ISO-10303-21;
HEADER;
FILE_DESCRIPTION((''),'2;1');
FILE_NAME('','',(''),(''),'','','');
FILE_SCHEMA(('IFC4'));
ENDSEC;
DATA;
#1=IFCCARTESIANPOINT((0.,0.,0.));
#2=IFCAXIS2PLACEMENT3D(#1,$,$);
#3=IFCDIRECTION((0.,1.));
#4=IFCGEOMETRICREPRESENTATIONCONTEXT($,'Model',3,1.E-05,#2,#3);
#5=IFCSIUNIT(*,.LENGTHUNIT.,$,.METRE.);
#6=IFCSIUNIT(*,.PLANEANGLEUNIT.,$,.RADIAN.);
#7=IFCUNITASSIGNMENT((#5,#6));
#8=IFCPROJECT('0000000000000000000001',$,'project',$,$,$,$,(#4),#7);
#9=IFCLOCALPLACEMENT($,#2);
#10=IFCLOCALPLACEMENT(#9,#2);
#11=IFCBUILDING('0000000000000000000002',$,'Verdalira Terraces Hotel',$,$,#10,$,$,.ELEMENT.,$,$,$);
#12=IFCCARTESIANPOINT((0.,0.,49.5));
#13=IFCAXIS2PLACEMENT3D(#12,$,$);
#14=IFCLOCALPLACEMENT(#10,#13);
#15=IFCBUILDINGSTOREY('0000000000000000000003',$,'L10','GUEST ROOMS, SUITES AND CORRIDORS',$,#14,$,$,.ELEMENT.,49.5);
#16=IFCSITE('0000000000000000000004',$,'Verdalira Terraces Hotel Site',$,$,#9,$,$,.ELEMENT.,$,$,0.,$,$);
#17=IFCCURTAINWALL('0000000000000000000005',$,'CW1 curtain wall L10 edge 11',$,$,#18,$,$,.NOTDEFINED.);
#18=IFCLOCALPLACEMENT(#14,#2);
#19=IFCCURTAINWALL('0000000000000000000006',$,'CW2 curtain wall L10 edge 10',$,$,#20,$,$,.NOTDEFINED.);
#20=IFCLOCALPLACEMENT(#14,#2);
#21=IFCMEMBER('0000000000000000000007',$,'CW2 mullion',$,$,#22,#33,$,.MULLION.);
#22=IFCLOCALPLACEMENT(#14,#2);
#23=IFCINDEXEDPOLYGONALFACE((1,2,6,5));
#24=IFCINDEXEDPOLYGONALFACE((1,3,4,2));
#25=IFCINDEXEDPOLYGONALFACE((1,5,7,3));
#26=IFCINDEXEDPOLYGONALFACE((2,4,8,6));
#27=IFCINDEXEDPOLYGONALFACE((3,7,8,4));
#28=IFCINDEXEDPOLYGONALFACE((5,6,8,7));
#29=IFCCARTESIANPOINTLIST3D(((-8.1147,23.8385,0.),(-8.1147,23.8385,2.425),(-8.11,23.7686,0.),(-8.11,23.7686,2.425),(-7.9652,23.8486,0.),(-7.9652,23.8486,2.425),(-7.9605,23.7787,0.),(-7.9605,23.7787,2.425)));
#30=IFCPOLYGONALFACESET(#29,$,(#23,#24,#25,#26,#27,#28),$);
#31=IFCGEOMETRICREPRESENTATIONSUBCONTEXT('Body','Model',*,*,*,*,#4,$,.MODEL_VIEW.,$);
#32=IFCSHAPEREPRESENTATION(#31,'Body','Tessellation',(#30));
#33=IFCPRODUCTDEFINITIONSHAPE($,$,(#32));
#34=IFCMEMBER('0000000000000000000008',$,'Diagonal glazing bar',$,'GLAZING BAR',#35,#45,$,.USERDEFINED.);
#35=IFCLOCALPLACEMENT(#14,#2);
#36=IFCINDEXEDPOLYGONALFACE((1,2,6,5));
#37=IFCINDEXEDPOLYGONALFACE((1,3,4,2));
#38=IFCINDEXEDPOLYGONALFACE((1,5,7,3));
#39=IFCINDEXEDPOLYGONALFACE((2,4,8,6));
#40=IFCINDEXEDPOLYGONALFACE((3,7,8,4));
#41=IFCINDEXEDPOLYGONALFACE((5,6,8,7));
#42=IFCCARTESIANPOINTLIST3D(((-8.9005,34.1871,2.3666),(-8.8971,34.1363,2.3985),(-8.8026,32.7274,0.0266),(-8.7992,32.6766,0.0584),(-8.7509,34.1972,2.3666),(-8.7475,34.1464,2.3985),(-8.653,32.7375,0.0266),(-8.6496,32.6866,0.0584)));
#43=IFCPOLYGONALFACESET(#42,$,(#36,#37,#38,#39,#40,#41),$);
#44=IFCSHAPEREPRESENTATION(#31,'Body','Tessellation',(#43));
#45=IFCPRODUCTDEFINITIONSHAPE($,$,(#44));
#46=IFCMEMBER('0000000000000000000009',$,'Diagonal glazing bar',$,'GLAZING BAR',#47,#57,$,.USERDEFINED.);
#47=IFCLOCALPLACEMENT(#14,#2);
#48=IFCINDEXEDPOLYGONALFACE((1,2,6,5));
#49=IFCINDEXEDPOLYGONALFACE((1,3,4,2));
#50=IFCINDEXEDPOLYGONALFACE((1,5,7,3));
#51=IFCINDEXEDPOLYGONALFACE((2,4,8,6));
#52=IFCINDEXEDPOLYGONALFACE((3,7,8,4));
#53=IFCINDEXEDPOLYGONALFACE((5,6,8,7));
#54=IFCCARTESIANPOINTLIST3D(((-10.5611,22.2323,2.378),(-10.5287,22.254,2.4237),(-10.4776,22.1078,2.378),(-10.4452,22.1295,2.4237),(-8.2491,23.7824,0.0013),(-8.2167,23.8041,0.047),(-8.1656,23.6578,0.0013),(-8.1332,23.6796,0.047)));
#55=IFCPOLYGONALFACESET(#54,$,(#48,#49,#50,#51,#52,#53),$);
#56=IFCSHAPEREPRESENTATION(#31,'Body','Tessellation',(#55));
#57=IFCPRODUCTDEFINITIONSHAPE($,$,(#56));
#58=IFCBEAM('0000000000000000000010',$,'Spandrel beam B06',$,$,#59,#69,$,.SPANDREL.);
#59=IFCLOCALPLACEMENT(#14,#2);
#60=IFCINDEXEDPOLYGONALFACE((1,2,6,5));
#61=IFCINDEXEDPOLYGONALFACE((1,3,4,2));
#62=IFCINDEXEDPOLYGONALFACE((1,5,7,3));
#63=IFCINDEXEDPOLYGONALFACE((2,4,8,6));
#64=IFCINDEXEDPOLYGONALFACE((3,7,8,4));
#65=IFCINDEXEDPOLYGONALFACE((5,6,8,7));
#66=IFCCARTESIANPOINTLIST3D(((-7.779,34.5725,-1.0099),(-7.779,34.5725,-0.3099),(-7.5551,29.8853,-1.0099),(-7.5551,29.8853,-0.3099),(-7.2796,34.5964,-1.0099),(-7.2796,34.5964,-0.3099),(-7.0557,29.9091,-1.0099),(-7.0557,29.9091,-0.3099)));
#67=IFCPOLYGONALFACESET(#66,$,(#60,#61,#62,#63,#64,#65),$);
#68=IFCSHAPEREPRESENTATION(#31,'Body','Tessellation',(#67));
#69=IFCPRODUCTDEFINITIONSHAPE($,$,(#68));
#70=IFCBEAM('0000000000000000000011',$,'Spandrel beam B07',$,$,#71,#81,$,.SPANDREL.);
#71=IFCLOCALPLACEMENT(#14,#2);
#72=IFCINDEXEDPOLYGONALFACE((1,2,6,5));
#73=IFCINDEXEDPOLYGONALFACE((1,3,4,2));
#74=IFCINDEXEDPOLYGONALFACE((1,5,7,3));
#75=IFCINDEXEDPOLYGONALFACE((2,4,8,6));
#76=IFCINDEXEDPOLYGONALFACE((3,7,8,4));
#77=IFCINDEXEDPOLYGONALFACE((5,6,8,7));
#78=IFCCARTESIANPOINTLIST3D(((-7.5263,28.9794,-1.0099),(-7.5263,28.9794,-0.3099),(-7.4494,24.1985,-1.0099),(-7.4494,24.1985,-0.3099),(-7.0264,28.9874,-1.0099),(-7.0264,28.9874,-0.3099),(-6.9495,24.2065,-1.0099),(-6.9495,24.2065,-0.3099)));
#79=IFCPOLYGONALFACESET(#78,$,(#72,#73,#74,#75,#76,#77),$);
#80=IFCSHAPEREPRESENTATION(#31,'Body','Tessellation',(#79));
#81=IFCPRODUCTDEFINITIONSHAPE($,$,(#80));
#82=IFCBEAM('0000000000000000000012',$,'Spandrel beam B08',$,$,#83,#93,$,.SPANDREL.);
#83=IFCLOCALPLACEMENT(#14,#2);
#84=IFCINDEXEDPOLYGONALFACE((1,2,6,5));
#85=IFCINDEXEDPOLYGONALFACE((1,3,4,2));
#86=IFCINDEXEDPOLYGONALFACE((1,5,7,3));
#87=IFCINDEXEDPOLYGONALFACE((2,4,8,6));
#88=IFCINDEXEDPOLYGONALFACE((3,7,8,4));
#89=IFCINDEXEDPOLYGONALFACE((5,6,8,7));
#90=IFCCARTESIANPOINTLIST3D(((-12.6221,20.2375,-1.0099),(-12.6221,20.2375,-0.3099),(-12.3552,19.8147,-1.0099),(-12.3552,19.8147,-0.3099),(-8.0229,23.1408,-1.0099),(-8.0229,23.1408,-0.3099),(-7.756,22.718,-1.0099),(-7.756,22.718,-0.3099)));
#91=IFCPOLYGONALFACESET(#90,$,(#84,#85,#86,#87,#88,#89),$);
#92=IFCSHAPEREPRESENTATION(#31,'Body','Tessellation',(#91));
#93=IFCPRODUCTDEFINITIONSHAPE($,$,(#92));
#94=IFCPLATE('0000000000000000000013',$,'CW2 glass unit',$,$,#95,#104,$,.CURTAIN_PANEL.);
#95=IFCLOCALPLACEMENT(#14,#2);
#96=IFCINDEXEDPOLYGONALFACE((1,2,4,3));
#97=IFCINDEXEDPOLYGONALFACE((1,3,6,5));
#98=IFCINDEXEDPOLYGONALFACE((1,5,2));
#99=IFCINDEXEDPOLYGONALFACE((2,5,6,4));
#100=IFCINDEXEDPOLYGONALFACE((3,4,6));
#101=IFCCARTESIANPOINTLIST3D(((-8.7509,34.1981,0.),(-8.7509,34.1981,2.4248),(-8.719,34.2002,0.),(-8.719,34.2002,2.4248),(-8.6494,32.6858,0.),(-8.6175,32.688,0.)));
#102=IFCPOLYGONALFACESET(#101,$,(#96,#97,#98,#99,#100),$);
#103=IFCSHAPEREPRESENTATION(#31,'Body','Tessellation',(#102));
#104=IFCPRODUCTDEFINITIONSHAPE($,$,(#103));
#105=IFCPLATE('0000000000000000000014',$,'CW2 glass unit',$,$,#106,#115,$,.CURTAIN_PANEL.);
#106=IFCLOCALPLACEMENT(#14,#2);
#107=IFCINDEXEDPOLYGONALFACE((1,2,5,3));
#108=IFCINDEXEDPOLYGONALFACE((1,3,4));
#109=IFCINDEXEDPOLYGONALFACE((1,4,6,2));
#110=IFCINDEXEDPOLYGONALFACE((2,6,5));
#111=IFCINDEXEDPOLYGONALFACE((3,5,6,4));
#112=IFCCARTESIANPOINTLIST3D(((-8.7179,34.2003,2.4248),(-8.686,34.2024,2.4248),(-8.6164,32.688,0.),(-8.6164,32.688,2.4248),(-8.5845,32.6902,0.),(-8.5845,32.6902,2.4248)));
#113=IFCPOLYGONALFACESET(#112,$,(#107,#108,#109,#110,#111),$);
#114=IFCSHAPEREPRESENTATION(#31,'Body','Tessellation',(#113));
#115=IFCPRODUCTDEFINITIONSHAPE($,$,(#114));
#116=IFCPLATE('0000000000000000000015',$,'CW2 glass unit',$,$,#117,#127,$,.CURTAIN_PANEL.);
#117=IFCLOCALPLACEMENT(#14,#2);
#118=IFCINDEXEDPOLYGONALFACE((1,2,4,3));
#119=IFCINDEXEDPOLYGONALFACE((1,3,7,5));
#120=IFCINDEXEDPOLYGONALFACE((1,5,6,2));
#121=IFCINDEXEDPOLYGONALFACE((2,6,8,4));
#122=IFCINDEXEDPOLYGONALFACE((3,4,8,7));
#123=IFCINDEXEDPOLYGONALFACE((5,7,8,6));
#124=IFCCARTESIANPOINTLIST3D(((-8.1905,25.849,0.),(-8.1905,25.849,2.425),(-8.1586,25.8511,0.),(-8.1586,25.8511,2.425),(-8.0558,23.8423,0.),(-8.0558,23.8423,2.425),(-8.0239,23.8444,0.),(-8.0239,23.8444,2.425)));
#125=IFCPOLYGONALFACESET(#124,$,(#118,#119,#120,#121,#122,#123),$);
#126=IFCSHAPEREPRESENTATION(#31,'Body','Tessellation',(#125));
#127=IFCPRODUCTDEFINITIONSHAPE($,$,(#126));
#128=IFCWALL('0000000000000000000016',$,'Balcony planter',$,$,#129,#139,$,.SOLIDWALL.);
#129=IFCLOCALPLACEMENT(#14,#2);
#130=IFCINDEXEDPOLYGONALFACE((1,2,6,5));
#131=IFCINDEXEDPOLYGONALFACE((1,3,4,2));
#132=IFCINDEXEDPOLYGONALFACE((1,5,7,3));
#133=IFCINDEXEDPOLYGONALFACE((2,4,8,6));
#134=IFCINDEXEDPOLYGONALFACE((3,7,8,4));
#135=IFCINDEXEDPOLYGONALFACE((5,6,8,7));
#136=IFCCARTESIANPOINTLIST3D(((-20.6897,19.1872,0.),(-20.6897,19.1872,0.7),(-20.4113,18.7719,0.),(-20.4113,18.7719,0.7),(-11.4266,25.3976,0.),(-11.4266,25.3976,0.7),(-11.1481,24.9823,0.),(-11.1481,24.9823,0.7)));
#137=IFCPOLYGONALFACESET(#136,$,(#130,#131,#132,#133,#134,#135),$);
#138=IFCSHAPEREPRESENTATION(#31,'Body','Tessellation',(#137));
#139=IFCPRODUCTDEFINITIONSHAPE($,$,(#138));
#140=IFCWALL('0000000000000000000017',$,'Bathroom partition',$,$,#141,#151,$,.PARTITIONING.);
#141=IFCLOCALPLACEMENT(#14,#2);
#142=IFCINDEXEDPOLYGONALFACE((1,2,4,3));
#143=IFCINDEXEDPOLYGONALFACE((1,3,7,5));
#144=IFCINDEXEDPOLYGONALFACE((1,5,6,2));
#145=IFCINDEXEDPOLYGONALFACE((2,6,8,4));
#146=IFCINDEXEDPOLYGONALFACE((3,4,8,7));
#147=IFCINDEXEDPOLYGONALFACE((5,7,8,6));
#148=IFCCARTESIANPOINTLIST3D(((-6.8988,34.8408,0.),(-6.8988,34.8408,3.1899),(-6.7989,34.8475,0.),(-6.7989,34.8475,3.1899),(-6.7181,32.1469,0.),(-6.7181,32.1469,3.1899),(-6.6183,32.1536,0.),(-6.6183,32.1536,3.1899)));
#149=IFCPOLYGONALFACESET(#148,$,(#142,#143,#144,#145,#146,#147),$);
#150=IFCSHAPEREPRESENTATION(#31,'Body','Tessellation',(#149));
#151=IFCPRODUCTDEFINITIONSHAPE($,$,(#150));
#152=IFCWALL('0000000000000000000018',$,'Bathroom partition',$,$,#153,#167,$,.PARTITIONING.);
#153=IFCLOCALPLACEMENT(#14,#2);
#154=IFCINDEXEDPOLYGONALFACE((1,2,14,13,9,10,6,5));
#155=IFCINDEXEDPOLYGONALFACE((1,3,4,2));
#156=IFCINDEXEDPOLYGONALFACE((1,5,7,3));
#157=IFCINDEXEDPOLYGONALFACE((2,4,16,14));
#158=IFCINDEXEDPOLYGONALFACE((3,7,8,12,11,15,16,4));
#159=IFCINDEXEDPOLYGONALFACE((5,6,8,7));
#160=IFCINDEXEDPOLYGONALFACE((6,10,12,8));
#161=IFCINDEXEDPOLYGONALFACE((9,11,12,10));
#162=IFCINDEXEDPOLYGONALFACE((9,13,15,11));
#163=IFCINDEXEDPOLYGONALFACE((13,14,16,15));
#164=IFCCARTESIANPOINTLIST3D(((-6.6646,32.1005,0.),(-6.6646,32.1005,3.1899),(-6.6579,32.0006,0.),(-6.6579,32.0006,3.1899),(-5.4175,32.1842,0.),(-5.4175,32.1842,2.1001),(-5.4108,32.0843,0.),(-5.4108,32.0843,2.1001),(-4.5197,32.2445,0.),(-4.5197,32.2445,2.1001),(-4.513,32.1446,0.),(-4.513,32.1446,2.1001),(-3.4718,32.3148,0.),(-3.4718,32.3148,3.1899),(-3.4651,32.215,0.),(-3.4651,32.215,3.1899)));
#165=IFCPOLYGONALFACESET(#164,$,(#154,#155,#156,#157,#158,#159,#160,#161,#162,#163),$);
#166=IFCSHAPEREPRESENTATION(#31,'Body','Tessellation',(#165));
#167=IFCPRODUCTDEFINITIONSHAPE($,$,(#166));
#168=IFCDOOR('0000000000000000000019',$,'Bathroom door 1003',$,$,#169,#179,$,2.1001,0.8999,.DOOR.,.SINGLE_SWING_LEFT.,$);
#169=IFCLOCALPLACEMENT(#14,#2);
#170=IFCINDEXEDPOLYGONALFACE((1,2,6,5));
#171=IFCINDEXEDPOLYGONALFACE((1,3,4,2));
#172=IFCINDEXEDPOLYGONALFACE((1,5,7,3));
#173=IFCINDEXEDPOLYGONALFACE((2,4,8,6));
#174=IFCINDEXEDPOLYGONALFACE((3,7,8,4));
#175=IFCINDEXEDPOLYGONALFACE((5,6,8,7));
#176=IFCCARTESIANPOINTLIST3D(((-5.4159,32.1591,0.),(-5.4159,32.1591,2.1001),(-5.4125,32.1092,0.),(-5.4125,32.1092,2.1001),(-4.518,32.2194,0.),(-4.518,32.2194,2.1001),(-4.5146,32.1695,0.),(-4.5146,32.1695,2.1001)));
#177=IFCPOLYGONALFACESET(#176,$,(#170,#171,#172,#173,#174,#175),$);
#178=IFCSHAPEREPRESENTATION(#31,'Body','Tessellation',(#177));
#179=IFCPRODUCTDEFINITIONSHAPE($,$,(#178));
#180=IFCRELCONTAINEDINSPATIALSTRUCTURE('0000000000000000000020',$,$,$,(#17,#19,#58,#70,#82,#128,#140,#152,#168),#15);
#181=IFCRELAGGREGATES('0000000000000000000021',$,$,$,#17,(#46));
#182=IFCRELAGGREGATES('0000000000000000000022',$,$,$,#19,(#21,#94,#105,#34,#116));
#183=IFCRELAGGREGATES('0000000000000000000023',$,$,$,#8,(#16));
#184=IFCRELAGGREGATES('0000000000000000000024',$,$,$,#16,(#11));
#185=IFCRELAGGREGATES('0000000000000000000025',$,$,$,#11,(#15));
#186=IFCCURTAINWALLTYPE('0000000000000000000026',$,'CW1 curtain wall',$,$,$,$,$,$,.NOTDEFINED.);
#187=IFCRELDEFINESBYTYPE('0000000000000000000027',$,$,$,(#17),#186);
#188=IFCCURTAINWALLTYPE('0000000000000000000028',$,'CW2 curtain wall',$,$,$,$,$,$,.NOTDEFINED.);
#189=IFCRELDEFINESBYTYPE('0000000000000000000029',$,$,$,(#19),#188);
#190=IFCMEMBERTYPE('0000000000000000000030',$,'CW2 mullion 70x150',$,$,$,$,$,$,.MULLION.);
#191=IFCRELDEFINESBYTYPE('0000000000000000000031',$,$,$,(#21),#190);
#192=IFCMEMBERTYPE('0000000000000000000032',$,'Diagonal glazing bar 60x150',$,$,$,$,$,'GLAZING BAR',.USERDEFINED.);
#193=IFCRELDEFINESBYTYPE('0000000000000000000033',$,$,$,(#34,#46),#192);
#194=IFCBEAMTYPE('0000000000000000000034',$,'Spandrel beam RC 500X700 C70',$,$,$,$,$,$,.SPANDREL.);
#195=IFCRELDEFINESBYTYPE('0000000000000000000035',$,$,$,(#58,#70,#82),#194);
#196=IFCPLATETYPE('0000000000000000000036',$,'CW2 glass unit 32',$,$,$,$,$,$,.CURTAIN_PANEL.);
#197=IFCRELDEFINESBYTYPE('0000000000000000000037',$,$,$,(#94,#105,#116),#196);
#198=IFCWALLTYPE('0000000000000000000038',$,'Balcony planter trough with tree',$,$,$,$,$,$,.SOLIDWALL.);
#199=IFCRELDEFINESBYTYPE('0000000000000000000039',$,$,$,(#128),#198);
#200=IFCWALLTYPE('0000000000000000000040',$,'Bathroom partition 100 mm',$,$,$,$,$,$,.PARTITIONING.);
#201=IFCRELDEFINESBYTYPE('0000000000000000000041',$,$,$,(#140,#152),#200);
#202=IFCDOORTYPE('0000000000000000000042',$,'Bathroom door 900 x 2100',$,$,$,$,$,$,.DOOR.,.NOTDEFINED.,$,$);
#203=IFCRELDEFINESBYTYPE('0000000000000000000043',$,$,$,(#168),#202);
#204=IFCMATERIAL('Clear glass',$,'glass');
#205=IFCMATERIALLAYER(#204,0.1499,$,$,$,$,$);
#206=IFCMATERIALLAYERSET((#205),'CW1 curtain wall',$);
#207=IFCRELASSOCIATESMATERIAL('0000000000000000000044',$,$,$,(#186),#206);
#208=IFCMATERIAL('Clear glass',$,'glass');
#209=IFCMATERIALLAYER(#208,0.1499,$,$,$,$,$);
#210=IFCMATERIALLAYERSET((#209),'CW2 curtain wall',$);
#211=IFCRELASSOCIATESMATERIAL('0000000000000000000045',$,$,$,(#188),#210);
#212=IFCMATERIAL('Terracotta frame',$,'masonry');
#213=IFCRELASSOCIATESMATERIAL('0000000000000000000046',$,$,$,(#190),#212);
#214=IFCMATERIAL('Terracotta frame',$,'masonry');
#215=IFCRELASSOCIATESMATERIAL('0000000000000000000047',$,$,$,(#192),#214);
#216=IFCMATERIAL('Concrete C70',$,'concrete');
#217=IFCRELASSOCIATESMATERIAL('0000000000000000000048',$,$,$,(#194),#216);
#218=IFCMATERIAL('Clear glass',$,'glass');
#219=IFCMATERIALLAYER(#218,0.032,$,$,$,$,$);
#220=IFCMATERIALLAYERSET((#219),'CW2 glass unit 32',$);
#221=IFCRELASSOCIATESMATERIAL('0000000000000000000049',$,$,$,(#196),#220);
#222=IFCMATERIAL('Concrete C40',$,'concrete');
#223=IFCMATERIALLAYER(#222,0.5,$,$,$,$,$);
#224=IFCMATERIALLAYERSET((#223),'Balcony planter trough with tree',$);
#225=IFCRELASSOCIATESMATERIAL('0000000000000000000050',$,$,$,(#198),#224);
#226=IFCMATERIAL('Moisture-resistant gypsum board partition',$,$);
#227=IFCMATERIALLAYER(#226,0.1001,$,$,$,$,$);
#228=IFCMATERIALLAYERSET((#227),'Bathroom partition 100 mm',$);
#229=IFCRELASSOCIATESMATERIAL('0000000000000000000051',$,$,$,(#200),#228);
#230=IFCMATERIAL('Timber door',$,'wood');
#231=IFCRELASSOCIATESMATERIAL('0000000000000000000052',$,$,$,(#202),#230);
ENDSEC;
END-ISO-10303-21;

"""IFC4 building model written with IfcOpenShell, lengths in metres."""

from ifc_helpers import new_model, si_unit, direction, frame, frame_2d, origin, origin_2d, place, context, subcontext, project, spatial, polyline, rectangle, outline, extrude, material, layer, layer_set, material_profile, profile_set, type_object, element, fill, aggregate, save


model = new_model("IFC4")

# Units and contexts
model_context = context("Model", 3, precision=1e-05, world=origin(), true_north=direction((0.0, 1.0)))
body_context = subcontext(model_context, "Body", "Model", "MODEL_VIEW")
ifc_project = project(units=[si_unit("LENGTHUNIT", "METRE"), si_unit("PLANEANGLEUNIT", "RADIAN")], contexts=[model_context])

# Site, building, storey
site_placement = place(None, origin())
site = spatial("IfcSite", under=ifc_project, at=site_placement, Name="Verdalira Terraces Hotel Site", CompositionType="ELEMENT", RefElevation=0.0)
building_placement = place(site_placement, origin())
building = spatial("IfcBuilding", under=site, at=building_placement, Name="Verdalira Terraces Hotel", CompositionType="ELEMENT")
storey_placement = place(building_placement, frame((0.0, 0.0, 49.5)))
storey = spatial("IfcBuildingStorey", under=building, at=storey_placement, Name="L10", Description="GUEST ROOMS, SUITES AND CORRIDORS", CompositionType="ELEMENT", Elevation=49.5)

# Curtain walls, members
ifc_material_1 = material(Name="Clear glass", Category="glass")
ifc_layer_1 = layer(ifc_material_1, 0.1499)
ifc_layer_set_1 = layer_set([ifc_layer_1], Name="CW1 curtain wall")
curtain_wall_type_1 = type_object("IfcCurtainWallType", Name="CW1 curtain wall", PredefinedType="NOTDEFINED", material=ifc_layer_set_1)
curtain_wall_1_placement = place(storey_placement, origin())
curtain_wall_1 = element("IfcCurtainWall", 1, at=curtain_wall_1_placement, inside=storey, type_object=curtain_wall_type_1, Name="CW1 curtain wall L10 edge 11", PredefinedType="NOTDEFINED")
ifc_material_2 = material(Name="Clear glass", Category="glass")
ifc_layer_2 = layer(ifc_material_2, 0.1499)
ifc_layer_set_2 = layer_set([ifc_layer_2], Name="CW2 curtain wall")
curtain_wall_type_2 = type_object("IfcCurtainWallType", Name="CW2 curtain wall", PredefinedType="NOTDEFINED", material=ifc_layer_set_2)
curtain_wall_2_placement = place(storey_placement, origin())
curtain_wall_2 = element("IfcCurtainWall", 2, at=curtain_wall_2_placement, inside=storey, type_object=curtain_wall_type_2, Name="CW2 curtain wall L10 edge 10", PredefinedType="NOTDEFINED")
ifc_material_3 = material(Name="Terracotta frame", Category="masonry")
ifc_material_profile_1 = material_profile(ifc_material_3, rectangle(XDim=0.0701, YDim=0.1499, at=origin_2d()), Name="MU 70x150")
ifc_profile_set_1 = profile_set([ifc_material_profile_1], Name="Terracotta frame")
member_type_1 = type_object("IfcMemberType", Name="CW2 mullion 70x150", PredefinedType="MULLION", material=ifc_profile_set_1)
member_1_placement = place(storey_placement, frame((-8.0376, 23.8086, 0.0), z_axis=(0.0, 0.0, 1.0), x_axis=(0.06697, -0.997755, 0.0)))
member_1 = element("IfcMember", 3, at=member_1_placement, type_object=member_type_1, Name="CW2 mullion", PredefinedType="MULLION", context=body_context, shape_type="SweptSolid", body=[
    extrude(rectangle(XDim=0.0701, YDim=0.1499, at=origin_2d()), origin(), (0.0, 0.0, 1.0), 2.425),
])
ifc_material_4 = material(Name="Terracotta frame", Category="masonry")
ifc_material_profile_2 = material_profile(ifc_material_4, rectangle(XDim=0.1499, YDim=0.0601, at=origin_2d()), Name="GB 60x150")
ifc_profile_set_2 = profile_set([ifc_material_profile_2], Name="Terracotta frame")
member_type_2 = type_object("IfcMemberType", Name="Diagonal glazing bar 60x150", ElementType="GLAZING BAR", PredefinedType="USERDEFINED", material=ifc_profile_set_2)
member_2_placement = place(storey_placement, frame((-8.824, 34.1667, 2.3826), z_axis=(0.035474, -0.528926, -0.847926), x_axis=(0.997758, 0.066918, 0.0)))
member_2 = element("IfcMember", 4, at=member_2_placement, type_object=member_type_2, Name="Diagonal glazing bar", ObjectType="GLAZING BAR", PredefinedType="USERDEFINED", context=body_context, shape_type="SweptSolid", body=[
    extrude(rectangle(XDim=0.1499, YDim=0.0601, at=origin_2d()), origin(), (0.0, 0.0, 1.0), 2.7598),
])

# Member
member_3_placement = place(storey_placement, frame((-8.1912, 23.731, 0.0242), z_axis=(-0.631669, -0.423492, 0.649345), x_axis=(0.556864, -0.830604, 0.0)))
member_3 = element("IfcMember", 5, at=member_3_placement, type_object=member_type_2, Name="Diagonal glazing bar", ObjectType="GLAZING BAR", PredefinedType="USERDEFINED", context=body_context, shape_type="SweptSolid", body=[
    extrude(rectangle(XDim=0.1499, YDim=0.0601, at=origin_2d()), origin(), (0.0, 0.0, 1.0), 3.6602),
])
aggregate(curtain_wall_1, [member_3])

# Beams
ifc_material_5 = material(Name="Concrete C70", Category="concrete")
ifc_material_profile_3 = material_profile(ifc_material_5, rectangle(XDim=0.5, YDim=0.7, at=origin_2d()), Name="RC 500X700")
ifc_profile_set_3 = profile_set([ifc_material_profile_3], Name="Concrete C70")
beam_type_1 = type_object("IfcBeamType", Name="Spandrel beam RC 500X700 C70", PredefinedType="SPANDREL", material=ifc_profile_set_3)
beam_1_placement = place(storey_placement, frame((-7.5293, 34.5845, -0.6599), z_axis=(0.047709, -0.998861, 0.0), x_axis=(0.998861, 0.047709, 0.0)))
element("IfcBeam", 6, at=beam_1_placement, inside=storey, type_object=beam_type_1, Name="Spandrel beam B06", PredefinedType="SPANDREL", context=body_context, shape_type="SweptSolid", body=[
    extrude(rectangle(XDim=0.5, YDim=0.7, at=origin_2d()), origin(), (0.0, 0.0, 1.0), 4.6926),
])
beam_2_placement = place(storey_placement, frame((-7.2764, 28.9834, -0.6599), z_axis=(0.016084, -0.999871, 0.0), x_axis=(0.999871, 0.016084, 0.0)))
element("IfcBeam", 7, at=beam_2_placement, inside=storey, type_object=beam_type_1, Name="Spandrel beam B07", PredefinedType="SPANDREL", context=body_context, shape_type="SweptSolid", body=[
    extrude(rectangle(XDim=0.5, YDim=0.7, at=origin_2d()), origin(), (0.0, 0.0, 1.0), 4.7815),
])
beam_3_placement = place(storey_placement, frame((-7.8894, 22.9294, -0.6599), z_axis=(-0.845604, -0.533811, 0.0), x_axis=(0.533811, -0.845604, 0.0)))
element("IfcBeam", 8, at=beam_3_placement, inside=storey, type_object=beam_type_1, Name="Spandrel beam B08", PredefinedType="SPANDREL", context=body_context, shape_type="SweptSolid", body=[
    extrude(rectangle(XDim=0.5, YDim=0.7, at=origin_2d()), origin(), (0.0, 0.0, 1.0), 5.439),
])

# Plates
ifc_material_6 = material(Name="Clear glass", Category="glass")
ifc_layer_3 = layer(ifc_material_6, 0.032)
ifc_layer_set_3 = layer_set([ifc_layer_3], Name="CW2 glass unit 32")
plate_type = type_object("IfcPlateType", Name="CW2 glass unit 32", PredefinedType="CURTAIN_PANEL", material=ifc_layer_set_3)
plate_1_placement = place(storey_placement, frame((-8.6682, 33.4441, 1.2124), z_axis=(-0.997755, -0.06697, 0.0), x_axis=(0.06697, -0.997755, 0.0)))
plate_1 = element("IfcPlate", 9, at=plate_1_placement, type_object=plate_type, Name="CW2 glass unit", PredefinedType="CURTAIN_PANEL", context=body_context, shape_type="SweptSolid", body=[
    extrude(outline(polyline([(-0.7578, -1.2124), (0.7578, -1.2124), (-0.7578, 1.2124), (-0.7578, -1.2124)])), origin(), (0.0, 0.0, 1.0), 0.032),
])
plate_2_placement = place(storey_placement, frame((-8.6353, 33.4463, 1.2124), z_axis=(-0.997755, -0.06697, 0.0), x_axis=(0.06697, -0.997755, 0.0)))
plate_2 = element("IfcPlate", 10, at=plate_2_placement, type_object=plate_type, Name="CW2 glass unit", PredefinedType="CURTAIN_PANEL", context=body_context, shape_type="SweptSolid", body=[
    extrude(outline(polyline([(0.7578, -1.2124), (0.7578, 1.2124), (-0.7578, 1.2124), (0.7578, -1.2124)])), origin(), (0.0, 0.0, 1.0), 0.032),
])
plate_3_placement = place(storey_placement, frame((-8.1072, 24.8467, 0.0), z_axis=(0.0, 0.0, 1.0), x_axis=(0.06697, -0.997755, 0.0)))
plate_3 = element("IfcPlate", 11, at=plate_3_placement, type_object=plate_type, Name="CW2 glass unit", PredefinedType="CURTAIN_PANEL", context=body_context, shape_type="SweptSolid", body=[
    extrude(rectangle(XDim=2.0112, YDim=0.032, at=origin_2d()), origin(), (0.0, 0.0, 1.0), 2.425),
])
aggregate(curtain_wall_2, [member_1, plate_1, plate_2, member_2, plate_3])

# Walls
ifc_material_7 = material(Name="Concrete C40", Category="concrete")
ifc_layer_4 = layer(ifc_material_7, 0.5)
ifc_layer_set_4 = layer_set([ifc_layer_4], Name="Balcony planter trough with tree")
wall_type_1 = type_object("IfcWallType", Name="Balcony planter trough with tree", PredefinedType="SOLIDWALL", material=ifc_layer_set_4)
wall_1_placement = place(storey_placement, frame((-11.2874, 25.1899, 0.0), z_axis=(0.0, 0.0, 1.0), x_axis=(-0.830599, -0.556871, 0.0)))
element("IfcWall", 12, at=wall_1_placement, inside=storey, type_object=wall_type_1, Name="Balcony planter", PredefinedType="SOLIDWALL", context=body_context, shape_type="SweptSolid", body=[
    extrude(rectangle(XDim=11.1523, YDim=0.5, at=frame_2d((5.5762, 0.0))), origin(), (0.0, 0.0, 1.0), 0.7),
])
ifc_material_8 = material(Name="Moisture-resistant gypsum board partition")
ifc_layer_5 = layer(ifc_material_8, 0.1001)
ifc_layer_set_5 = layer_set([ifc_layer_5], Name="Bathroom partition 100 mm")
wall_type_2 = type_object("IfcWallType", Name="Bathroom partition 100 mm", PredefinedType="PARTITIONING", material=ifc_layer_set_5)
wall_2_placement = place(storey_placement, frame((-6.8489, 34.8442, 0.0), z_axis=(0.0, 0.0, 1.0), x_axis=(0.066915, -0.997759, 0.0)))
element("IfcWall", 13, at=wall_2_placement, inside=storey, type_object=wall_type_2, Name="Bathroom partition", PredefinedType="PARTITIONING", context=body_context, shape_type="SweptSolid", body=[
    extrude(rectangle(XDim=2.7, YDim=0.1001, at=frame_2d((1.3501, 0.0))), origin(), (0.0, 0.0, 1.0), 3.1899),
])

# Wall, opening, door
wall_3_placement = place(storey_placement, frame((-6.6614, 32.0505, 0.0), z_axis=(0.0, 0.0, 1.0), x_axis=(0.997754, 0.066985, 0.0)))
wall_3 = element("IfcWall", 14, at=wall_3_placement, inside=storey, type_object=wall_type_2, Name="Bathroom partition", PredefinedType="PARTITIONING", context=body_context, shape_type="SweptSolid", body=[
    extrude(rectangle(XDim=3.2, YDim=0.1001, at=frame_2d((1.6001, 0.0))), origin(), (0.0, 0.0, 1.0), 3.1899),
])
opening_1_placement = place(wall_3_placement, frame((1.25, 0.0, 0.0)))
opening_1 = element("IfcOpeningElement", 15, at=opening_1_placement, cuts=wall_3, PredefinedType="OPENING", context=body_context, shape_type="SweptSolid", body=[
    extrude(rectangle(XDim=0.8999, YDim=2.1001, at=frame_2d((0.45, 1.05))), frame((0.0, 0.0601, 0.0), z_axis=(0.0, -1.0, 0.0), x_axis=(1.0, 0.0, 0.0)), (0.0, 0.0, 1.0), 0.1201),
])
ifc_material_9 = material(Name="Timber door", Category="wood")
door_type_1 = type_object("IfcDoorType", Name="Bathroom door 900 x 2100", OperationType="NOTDEFINED", PredefinedType="DOOR", material=ifc_material_9)
door_1_placement = place(opening_1_placement, origin())
door_1 = element("IfcDoor", 16, at=door_1_placement, inside=storey, type_object=door_type_1, Name="Bathroom door 1003", OperationType="SINGLE_SWING_LEFT", OverallHeight=2.1001, OverallWidth=0.8999, PredefinedType="DOOR", context=body_context, shape_type="SweptSolid", body=[
    extrude(rectangle(XDim=0.8999, YDim=2.1001, at=frame_2d((0.45, 1.05))), frame((0.0, 0.0249, 0.0), z_axis=(0.0, -1.0, 0.0), x_axis=(1.0, 0.0, 0.0)), (0.0, 0.0, 1.0), 0.05),
])
fill(opening_1, door_1)

save(model, "model.ifc")
